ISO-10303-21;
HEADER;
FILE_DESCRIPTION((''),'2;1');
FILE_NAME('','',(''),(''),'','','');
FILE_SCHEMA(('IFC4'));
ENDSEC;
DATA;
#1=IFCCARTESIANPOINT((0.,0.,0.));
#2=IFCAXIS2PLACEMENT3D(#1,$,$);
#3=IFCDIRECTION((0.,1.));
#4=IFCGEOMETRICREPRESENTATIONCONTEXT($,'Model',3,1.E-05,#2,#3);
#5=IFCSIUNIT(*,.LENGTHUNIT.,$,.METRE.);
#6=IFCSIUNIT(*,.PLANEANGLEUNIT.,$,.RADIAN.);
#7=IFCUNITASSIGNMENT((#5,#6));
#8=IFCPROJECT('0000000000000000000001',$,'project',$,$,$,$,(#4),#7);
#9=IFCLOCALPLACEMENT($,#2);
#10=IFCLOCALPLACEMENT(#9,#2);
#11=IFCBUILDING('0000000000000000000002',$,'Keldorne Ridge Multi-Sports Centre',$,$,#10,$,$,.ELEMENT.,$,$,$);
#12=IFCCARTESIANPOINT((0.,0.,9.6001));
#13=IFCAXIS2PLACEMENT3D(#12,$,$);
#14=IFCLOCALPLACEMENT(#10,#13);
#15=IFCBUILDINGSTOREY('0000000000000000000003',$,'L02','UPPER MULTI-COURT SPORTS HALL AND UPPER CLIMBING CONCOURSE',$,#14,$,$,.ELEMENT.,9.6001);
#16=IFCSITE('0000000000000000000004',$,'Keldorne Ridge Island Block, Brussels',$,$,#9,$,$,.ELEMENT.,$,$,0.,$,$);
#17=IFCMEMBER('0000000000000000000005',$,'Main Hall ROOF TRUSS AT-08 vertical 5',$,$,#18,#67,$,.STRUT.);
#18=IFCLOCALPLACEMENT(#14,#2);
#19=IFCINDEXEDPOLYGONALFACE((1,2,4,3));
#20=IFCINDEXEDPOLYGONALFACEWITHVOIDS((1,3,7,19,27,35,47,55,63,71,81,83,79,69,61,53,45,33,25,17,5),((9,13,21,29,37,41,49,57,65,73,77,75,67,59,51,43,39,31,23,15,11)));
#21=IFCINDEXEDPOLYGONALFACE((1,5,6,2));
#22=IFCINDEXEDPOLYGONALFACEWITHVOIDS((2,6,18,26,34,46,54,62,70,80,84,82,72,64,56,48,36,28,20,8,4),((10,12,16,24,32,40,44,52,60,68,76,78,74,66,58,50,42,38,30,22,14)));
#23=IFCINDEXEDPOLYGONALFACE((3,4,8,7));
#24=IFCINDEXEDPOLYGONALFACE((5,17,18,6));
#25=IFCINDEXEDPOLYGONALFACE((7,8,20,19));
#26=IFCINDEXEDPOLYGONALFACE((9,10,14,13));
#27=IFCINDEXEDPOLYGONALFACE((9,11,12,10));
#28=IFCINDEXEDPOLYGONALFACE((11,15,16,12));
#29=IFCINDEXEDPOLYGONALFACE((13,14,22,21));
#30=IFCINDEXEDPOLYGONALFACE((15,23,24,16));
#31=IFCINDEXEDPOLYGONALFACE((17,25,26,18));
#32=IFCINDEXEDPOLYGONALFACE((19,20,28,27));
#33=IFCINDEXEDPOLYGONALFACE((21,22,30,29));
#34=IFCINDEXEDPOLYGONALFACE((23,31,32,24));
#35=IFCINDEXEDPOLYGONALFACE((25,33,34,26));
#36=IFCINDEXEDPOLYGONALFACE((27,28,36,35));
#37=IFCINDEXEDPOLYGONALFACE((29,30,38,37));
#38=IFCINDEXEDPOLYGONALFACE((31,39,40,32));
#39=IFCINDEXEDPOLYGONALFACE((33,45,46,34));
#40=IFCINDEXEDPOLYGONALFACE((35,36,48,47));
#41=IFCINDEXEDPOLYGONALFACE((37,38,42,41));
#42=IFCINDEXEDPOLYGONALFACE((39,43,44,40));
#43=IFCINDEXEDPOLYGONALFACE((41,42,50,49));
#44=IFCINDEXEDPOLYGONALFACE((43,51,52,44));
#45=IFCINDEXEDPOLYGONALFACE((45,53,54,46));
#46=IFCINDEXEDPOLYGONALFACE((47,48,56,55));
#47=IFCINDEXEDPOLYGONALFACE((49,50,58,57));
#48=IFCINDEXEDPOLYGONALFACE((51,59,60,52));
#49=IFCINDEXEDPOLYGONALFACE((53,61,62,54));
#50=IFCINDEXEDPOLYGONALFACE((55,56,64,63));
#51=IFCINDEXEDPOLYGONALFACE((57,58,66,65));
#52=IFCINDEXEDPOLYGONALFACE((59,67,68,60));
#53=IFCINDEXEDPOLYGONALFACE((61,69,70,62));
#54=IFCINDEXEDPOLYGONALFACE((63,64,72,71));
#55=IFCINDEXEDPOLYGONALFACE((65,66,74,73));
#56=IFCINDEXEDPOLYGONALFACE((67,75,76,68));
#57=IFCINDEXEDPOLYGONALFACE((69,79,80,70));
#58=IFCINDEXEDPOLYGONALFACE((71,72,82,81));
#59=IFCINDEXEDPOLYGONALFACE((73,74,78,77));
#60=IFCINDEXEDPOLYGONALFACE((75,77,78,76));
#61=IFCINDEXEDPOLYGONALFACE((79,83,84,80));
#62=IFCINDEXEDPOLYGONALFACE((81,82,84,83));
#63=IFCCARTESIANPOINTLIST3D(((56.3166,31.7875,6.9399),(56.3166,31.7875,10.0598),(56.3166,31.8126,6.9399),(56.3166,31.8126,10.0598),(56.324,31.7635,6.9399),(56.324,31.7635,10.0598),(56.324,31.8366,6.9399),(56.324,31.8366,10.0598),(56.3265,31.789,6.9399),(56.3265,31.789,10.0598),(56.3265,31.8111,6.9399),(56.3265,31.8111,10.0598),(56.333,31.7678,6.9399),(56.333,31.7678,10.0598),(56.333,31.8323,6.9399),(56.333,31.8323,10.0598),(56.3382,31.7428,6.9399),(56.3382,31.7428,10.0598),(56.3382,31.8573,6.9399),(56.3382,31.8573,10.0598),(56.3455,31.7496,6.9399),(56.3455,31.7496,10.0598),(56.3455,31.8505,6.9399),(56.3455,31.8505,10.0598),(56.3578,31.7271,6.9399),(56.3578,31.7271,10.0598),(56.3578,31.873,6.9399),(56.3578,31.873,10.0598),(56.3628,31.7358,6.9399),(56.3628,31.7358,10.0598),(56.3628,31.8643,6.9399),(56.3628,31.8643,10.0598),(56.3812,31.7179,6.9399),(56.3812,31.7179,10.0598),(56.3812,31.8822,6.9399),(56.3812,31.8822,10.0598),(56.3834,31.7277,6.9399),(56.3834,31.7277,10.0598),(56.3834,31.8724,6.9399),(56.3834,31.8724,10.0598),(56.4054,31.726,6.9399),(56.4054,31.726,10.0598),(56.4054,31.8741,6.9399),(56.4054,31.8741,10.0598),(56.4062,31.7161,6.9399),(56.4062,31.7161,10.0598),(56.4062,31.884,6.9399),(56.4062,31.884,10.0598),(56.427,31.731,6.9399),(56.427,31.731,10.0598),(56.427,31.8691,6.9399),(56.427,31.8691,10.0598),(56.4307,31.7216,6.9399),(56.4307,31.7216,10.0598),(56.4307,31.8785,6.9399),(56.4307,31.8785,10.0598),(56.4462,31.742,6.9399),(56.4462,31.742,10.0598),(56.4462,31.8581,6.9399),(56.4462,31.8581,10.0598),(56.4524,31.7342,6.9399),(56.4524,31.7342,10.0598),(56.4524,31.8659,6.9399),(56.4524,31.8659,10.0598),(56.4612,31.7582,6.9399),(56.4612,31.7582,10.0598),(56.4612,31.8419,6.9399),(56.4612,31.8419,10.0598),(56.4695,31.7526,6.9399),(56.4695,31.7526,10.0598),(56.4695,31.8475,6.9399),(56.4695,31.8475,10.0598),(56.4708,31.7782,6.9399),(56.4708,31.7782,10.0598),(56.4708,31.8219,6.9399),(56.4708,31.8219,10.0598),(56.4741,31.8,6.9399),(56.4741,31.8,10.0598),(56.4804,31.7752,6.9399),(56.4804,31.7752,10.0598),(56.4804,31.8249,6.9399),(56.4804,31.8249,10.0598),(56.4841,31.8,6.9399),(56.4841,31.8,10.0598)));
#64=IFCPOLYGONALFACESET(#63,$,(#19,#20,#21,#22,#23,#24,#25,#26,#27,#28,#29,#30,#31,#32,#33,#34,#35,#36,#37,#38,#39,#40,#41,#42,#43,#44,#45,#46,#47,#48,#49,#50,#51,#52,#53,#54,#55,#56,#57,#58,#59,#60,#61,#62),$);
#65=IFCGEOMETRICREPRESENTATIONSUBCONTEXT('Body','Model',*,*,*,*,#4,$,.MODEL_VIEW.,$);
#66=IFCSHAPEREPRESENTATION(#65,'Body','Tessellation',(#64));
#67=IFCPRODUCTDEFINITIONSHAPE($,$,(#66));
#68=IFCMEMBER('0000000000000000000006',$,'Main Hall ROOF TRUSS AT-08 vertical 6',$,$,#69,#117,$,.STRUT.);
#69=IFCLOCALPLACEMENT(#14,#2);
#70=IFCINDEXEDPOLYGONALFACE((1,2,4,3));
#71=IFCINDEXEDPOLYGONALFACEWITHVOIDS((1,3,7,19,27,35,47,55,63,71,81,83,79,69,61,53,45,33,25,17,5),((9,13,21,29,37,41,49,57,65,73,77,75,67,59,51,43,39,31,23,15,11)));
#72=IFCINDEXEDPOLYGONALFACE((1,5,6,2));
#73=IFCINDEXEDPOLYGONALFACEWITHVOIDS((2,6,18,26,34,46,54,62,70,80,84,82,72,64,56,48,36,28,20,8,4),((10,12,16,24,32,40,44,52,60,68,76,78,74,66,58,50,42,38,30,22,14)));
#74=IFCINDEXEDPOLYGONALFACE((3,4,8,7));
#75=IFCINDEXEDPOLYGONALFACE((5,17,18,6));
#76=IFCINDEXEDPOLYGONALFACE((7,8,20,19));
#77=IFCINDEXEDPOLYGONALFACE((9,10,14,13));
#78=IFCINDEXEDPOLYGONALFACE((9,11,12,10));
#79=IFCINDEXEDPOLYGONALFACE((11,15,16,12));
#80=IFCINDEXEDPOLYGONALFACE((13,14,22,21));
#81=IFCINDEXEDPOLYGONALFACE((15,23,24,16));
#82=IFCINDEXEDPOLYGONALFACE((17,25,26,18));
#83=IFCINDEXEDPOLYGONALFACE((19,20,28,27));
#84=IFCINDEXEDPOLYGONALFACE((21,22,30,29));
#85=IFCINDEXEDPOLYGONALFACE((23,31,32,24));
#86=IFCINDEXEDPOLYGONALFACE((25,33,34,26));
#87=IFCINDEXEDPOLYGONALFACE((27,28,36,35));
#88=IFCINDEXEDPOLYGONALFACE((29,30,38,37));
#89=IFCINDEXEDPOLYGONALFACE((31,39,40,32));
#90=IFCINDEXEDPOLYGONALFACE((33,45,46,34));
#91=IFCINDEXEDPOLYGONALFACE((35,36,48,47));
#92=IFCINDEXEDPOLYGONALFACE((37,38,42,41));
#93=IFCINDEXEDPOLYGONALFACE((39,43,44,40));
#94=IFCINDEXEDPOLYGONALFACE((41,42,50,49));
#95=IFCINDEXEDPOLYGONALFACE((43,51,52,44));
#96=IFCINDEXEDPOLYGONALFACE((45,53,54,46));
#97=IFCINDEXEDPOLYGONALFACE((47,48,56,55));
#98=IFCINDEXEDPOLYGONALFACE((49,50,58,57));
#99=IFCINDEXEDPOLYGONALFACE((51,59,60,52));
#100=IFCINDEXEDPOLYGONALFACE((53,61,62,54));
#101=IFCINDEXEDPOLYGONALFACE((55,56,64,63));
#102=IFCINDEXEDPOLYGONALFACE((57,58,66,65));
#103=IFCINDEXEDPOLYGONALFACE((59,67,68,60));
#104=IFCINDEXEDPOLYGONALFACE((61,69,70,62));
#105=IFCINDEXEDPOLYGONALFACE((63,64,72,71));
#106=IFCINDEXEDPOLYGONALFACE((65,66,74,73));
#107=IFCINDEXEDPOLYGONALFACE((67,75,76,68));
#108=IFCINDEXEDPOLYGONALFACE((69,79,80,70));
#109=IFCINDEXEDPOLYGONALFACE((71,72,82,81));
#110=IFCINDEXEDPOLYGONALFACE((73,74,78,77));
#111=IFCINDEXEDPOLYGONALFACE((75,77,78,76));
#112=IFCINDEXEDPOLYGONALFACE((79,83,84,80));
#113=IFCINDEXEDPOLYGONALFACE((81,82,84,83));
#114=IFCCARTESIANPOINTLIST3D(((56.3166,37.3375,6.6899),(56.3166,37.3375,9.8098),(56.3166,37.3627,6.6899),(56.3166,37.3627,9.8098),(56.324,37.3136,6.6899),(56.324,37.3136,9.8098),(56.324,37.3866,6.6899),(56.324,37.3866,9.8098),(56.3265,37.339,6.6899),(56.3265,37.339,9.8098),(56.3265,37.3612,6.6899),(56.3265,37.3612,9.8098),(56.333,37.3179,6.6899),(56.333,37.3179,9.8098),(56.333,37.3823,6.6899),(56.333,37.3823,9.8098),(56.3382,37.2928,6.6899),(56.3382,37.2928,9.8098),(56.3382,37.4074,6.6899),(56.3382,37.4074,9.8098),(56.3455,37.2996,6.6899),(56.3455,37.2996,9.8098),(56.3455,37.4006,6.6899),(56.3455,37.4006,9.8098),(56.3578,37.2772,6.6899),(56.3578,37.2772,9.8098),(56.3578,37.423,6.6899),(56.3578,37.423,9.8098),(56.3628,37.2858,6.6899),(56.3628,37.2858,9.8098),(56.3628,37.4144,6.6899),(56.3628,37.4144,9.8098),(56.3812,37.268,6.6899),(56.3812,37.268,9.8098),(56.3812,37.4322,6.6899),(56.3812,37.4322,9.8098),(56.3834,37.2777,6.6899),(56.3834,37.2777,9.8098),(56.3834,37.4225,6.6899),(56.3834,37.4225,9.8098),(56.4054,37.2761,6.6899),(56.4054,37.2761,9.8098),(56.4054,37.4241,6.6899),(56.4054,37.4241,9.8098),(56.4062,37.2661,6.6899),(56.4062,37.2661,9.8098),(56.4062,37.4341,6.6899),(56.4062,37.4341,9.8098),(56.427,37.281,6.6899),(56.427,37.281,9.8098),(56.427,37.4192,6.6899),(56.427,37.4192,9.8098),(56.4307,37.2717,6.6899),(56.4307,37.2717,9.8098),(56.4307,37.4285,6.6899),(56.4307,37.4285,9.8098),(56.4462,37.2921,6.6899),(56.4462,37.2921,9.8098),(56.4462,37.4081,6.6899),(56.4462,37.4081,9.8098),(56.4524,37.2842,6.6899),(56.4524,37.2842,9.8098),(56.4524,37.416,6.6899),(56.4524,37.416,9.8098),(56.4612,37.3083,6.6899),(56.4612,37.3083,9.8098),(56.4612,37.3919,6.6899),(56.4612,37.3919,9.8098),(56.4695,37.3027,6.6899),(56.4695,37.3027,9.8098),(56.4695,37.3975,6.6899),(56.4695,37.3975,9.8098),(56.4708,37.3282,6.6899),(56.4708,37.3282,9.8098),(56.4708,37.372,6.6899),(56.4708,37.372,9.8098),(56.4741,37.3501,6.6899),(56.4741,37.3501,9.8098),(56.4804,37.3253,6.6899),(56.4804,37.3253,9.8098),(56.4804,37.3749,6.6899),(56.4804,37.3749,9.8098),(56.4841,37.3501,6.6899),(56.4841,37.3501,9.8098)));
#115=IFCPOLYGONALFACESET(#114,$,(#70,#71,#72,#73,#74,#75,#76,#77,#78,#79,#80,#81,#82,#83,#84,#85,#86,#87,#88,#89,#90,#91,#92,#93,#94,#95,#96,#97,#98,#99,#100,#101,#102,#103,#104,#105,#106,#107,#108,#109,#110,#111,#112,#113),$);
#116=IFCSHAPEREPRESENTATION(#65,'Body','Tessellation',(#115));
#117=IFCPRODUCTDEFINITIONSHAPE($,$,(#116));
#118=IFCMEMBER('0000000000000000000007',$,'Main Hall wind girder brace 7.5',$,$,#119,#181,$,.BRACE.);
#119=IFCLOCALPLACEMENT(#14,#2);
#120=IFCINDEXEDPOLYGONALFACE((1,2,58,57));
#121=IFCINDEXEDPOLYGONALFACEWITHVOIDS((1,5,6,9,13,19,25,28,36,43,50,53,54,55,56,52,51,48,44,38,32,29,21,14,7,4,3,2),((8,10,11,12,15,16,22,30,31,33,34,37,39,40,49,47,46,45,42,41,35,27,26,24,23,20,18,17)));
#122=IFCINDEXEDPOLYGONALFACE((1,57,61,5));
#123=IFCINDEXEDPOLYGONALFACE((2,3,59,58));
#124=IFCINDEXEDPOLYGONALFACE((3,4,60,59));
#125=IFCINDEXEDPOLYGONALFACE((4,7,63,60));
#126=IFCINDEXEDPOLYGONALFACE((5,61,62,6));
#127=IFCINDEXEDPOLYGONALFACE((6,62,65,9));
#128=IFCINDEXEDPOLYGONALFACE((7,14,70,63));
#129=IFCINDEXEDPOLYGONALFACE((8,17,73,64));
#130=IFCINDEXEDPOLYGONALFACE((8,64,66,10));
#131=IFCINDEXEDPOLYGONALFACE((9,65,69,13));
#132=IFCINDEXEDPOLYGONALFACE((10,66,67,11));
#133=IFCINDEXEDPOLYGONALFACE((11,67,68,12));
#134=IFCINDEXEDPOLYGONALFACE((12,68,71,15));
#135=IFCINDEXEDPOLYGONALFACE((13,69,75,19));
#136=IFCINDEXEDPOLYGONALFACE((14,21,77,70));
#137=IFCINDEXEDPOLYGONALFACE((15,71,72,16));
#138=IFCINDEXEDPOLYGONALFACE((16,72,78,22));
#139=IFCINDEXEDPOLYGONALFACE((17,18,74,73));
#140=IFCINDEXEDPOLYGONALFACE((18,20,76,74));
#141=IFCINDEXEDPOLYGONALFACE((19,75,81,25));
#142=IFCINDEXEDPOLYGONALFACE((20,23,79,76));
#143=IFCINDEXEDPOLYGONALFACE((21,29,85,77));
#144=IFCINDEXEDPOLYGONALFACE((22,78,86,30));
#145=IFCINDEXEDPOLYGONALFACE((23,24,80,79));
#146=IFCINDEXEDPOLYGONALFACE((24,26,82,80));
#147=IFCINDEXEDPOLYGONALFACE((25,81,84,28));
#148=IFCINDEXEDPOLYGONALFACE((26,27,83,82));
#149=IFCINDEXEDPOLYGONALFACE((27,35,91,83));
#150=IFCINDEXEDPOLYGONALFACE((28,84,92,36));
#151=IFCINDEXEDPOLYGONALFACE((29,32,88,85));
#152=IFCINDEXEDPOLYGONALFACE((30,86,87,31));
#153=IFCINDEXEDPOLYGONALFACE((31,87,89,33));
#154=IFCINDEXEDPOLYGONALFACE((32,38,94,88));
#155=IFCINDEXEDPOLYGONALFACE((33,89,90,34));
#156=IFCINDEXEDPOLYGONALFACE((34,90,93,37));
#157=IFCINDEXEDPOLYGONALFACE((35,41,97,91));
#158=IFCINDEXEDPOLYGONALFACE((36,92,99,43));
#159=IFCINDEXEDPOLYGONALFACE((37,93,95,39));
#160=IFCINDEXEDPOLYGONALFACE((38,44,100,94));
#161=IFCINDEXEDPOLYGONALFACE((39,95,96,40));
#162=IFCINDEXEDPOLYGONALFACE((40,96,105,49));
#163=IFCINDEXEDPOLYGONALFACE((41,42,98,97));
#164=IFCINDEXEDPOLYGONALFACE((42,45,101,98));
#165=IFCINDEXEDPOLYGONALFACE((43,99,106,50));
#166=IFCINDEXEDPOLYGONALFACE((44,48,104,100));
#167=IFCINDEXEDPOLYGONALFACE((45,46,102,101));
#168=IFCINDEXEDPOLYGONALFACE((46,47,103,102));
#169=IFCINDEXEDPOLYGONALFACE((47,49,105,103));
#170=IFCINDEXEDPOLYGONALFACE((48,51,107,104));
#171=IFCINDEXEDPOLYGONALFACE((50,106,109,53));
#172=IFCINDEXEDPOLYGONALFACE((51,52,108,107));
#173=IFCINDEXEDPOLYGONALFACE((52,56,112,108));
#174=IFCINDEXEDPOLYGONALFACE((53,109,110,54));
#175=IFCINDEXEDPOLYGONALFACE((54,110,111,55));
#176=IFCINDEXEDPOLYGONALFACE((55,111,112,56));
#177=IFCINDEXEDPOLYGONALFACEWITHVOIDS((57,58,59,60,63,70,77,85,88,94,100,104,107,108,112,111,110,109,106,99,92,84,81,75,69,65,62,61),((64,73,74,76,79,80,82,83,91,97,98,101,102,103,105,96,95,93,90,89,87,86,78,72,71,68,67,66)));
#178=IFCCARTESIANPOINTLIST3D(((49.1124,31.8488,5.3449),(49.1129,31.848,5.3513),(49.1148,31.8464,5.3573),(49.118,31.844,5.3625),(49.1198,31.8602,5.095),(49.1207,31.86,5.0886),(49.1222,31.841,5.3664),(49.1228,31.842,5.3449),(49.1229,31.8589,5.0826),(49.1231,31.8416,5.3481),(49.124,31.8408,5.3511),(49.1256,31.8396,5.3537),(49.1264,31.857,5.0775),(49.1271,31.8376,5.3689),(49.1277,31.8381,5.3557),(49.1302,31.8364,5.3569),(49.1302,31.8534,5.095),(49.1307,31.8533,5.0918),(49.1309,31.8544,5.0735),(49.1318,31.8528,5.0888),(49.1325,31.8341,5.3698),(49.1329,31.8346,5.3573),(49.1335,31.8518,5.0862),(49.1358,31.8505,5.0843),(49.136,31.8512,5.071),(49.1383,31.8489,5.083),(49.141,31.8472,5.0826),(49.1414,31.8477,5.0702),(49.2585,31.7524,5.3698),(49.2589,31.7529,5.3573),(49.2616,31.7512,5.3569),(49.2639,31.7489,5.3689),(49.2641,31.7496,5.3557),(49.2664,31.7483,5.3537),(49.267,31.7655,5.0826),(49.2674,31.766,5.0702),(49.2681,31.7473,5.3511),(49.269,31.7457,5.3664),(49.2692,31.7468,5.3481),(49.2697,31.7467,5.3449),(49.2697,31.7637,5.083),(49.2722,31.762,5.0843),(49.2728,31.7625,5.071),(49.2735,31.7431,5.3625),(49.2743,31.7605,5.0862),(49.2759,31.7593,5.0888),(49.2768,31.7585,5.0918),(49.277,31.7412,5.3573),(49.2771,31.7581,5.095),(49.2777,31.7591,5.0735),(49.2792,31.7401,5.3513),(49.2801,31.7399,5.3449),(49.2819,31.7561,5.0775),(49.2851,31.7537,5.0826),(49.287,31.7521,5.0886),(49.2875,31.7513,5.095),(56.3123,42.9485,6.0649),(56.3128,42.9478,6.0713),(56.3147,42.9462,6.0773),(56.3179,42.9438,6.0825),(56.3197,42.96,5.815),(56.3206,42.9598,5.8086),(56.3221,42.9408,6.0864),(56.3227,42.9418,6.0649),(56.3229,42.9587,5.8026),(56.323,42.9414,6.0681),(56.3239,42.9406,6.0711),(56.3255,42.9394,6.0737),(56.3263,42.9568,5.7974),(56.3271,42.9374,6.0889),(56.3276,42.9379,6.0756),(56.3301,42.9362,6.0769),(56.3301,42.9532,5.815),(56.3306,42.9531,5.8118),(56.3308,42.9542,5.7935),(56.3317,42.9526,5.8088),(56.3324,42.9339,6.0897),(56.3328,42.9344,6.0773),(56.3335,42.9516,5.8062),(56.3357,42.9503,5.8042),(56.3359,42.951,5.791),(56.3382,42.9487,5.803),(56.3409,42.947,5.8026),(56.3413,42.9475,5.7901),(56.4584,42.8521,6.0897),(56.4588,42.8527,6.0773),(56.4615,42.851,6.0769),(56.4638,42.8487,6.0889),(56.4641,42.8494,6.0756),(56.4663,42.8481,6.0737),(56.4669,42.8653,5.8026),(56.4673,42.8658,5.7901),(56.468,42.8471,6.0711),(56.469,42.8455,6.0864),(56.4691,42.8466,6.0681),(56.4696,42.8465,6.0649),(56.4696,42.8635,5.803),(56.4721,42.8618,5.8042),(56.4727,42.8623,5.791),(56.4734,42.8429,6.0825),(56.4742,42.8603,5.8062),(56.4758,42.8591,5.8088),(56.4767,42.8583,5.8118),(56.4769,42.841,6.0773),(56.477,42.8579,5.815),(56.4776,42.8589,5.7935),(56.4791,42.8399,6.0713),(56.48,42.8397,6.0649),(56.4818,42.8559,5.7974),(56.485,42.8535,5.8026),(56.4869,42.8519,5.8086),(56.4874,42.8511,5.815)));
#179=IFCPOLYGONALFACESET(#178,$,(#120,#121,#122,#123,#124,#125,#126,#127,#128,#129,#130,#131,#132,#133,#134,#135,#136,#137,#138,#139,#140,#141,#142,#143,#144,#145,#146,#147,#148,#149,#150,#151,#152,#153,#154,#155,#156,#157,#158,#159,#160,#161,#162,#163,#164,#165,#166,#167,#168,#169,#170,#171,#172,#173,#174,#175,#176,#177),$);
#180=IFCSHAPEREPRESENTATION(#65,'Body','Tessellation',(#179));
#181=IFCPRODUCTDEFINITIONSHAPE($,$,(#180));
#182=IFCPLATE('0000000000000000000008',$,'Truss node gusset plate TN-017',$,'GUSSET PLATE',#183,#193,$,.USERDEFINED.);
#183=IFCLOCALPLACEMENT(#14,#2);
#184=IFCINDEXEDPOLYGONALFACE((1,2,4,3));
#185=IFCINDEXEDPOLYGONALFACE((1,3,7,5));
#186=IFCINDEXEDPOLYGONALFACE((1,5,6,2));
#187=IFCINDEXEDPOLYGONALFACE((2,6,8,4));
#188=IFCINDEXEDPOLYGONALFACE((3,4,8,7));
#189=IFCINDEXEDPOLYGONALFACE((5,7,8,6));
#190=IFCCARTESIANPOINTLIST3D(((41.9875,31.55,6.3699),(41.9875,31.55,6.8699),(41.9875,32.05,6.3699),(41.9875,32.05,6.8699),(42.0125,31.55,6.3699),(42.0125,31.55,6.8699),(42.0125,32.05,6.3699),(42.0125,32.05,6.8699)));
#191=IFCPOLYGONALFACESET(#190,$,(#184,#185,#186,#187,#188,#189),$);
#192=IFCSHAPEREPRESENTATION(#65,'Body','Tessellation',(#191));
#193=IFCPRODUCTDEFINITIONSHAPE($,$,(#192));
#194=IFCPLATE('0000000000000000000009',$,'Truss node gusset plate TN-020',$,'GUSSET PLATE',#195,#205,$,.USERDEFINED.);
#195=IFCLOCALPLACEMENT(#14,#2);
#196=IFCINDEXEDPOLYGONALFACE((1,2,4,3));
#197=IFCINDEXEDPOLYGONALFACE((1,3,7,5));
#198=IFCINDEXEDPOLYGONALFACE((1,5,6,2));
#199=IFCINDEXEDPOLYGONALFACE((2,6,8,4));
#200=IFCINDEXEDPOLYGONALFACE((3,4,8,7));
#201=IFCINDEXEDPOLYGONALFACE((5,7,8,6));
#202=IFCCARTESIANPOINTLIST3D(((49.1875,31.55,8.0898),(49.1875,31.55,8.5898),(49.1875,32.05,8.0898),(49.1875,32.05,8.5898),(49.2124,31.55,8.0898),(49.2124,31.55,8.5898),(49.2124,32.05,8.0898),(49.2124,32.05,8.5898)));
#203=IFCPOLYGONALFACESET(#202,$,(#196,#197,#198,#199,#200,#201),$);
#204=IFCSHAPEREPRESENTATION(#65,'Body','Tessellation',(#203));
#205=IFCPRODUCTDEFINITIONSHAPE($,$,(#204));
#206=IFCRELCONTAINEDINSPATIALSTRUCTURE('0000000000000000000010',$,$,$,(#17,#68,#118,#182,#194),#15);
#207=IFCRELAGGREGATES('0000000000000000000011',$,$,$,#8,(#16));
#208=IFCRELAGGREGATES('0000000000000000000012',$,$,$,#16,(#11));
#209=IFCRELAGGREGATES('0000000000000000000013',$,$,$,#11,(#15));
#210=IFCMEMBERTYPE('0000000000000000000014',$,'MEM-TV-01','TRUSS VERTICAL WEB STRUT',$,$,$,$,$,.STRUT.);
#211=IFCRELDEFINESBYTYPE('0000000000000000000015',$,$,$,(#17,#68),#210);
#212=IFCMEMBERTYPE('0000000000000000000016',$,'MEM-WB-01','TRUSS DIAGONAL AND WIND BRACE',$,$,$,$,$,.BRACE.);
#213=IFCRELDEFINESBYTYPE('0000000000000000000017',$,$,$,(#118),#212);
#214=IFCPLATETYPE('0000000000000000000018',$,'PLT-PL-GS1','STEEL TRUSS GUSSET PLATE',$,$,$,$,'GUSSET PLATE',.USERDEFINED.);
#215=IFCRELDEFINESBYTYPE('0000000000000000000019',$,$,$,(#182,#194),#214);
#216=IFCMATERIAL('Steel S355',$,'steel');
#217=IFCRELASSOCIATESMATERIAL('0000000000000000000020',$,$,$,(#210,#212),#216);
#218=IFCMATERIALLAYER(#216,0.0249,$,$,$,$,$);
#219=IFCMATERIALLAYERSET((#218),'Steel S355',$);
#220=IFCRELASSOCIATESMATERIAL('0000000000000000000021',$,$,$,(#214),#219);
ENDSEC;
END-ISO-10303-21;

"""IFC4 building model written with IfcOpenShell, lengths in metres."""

from ifc_helpers import new_model, si_unit, direction, frame, origin, origin_2d, place, context, subcontext, project, spatial, rectangle, hollow_rectangle, hollow_circle, extrude, material, layer, layer_set, material_profile, profile_set, type_object, element, save


model = new_model("IFC4")

# Units and contexts
model_context = context("Model", 3, precision=1e-05, world=origin(), true_north=direction((0.0, 1.0)))
body_context = subcontext(model_context, "Body", "Model", "MODEL_VIEW")
ifc_project = project(units=[si_unit("LENGTHUNIT", "METRE"), si_unit("PLANEANGLEUNIT", "RADIAN")], contexts=[model_context])

# Site, building, storey
site_placement = place(None, origin())
site = spatial("IfcSite", under=ifc_project, at=site_placement, Name="Keldorne Ridge Island Block, Brussels", CompositionType="ELEMENT", RefElevation=0.0)
building_placement = place(site_placement, origin())
building = spatial("IfcBuilding", under=site, at=building_placement, Name="Keldorne Ridge Multi-Sports Centre", CompositionType="ELEMENT")
storey_placement = place(building_placement, frame((0.0, 0.0, 9.6001)))
storey = spatial("IfcBuildingStorey", under=building, at=storey_placement, Name="L02", Description="UPPER MULTI-COURT SPORTS HALL AND UPPER CLIMBING CONCOURSE", CompositionType="ELEMENT", Elevation=9.6001)

# Members
ifc_material = material(Name="Steel S355", Category="steel")
ifc_material_profile_1 = material_profile(ifc_material, hollow_circle(Radius=0.0842, WallThickness=0.01, at=origin_2d()), Name="CHS 168.3x10")
ifc_profile_set_1 = profile_set([ifc_material_profile_1], Name="Steel S355")
member_type_1 = type_object("IfcMemberType", Name="MEM-TV-01", Description="TRUSS VERTICAL WEB STRUT", PredefinedType="STRUT", material=ifc_profile_set_1)
for number, where, z_axis, x_axis, name in (
    (1, (56.3999, 31.8, 6.9399), (0.0, 0.0, 1.0), (1.0, 0.0, 0.0), "Main Hall ROOF TRUSS AT-08 vertical 5"),
    (2, (56.3999, 37.3501, 6.6899), (0.0, 0.0, 1.0), (1.0, 0.0, 0.0), "Main Hall ROOF TRUSS AT-08 vertical 6"),
):
    element("IfcMember", number, at=place(storey_placement, frame(where, z_axis=z_axis, x_axis=x_axis)), inside=storey, type_object=member_type_1, Name=name, PredefinedType="STRUT", context=body_context, shape_type="SweptSolid", body=[
        extrude(hollow_circle(Radius=0.0842, WallThickness=0.01, at=origin_2d()), origin(), (0.0, 0.0, 1.0), 3.1199),
    ])
ifc_material_profile_2 = material_profile(ifc_material, hollow_rectangle(XDim=0.2, YDim=0.3, WallThickness=0.0125, InnerFilletRadius=0.0125, OuterFilletRadius=0.0249, at=origin_2d()), Name="RHS 300x200x12.5")
ifc_profile_set_2 = profile_set([ifc_material_profile_2], Name="Steel S355")
member_type_2 = type_object("IfcMemberType", Name="MEM-WB-01", Description="TRUSS DIAGONAL AND WIND BRACE", PredefinedType="BRACE", material=ifc_profile_set_2)
member_1_placement = place(storey_placement, frame((49.2, 31.8, 5.22), z_axis=(0.54339, 0.83772, 0.054337), x_axis=(-0.83896, 0.544194, 0.0)))
element("IfcMember", 3, at=member_1_placement, inside=storey, type_object=member_type_2, Name="Main Hall wind girder brace 7.5", PredefinedType="BRACE", context=body_context, shape_type="SweptSolid", body=[
    extrude(hollow_rectangle(XDim=0.2, YDim=0.3, WallThickness=0.0125, InnerFilletRadius=0.0125, OuterFilletRadius=0.0249, at=origin_2d()), origin(), (0.0, 0.0, 1.0), 13.25),
])

# Plates
ifc_layer = layer(ifc_material, 0.0249)
ifc_layer_set = layer_set([ifc_layer], Name="Steel S355")
plate_type = type_object("IfcPlateType", Name="PLT-PL-GS1", Description="STEEL TRUSS GUSSET PLATE", ElementType="GUSSET PLATE", PredefinedType="USERDEFINED", material=ifc_layer_set)
for number, where, z_axis, x_axis, name in (
    (4, (42.0, 31.8, 6.3699), (0.0, 0.0, 1.0), (1.0, 0.0, 0.0), "Truss node gusset plate TN-017"),
    (5, (49.2, 31.8, 8.0898), (0.0, 0.0, 1.0), (1.0, 0.0, 0.0), "Truss node gusset plate TN-020"),
):
    element("IfcPlate", number, at=place(storey_placement, frame(where, z_axis=z_axis, x_axis=x_axis)), inside=storey, type_object=plate_type, Name=name, ObjectType="GUSSET PLATE", PredefinedType="USERDEFINED", context=body_context, shape_type="SweptSolid", body=[
        extrude(rectangle(XDim=0.0249, YDim=0.5, at=origin_2d()), origin(), (0.0, 0.0, 1.0), 0.5),
    ])

save(model, "model.ifc")
